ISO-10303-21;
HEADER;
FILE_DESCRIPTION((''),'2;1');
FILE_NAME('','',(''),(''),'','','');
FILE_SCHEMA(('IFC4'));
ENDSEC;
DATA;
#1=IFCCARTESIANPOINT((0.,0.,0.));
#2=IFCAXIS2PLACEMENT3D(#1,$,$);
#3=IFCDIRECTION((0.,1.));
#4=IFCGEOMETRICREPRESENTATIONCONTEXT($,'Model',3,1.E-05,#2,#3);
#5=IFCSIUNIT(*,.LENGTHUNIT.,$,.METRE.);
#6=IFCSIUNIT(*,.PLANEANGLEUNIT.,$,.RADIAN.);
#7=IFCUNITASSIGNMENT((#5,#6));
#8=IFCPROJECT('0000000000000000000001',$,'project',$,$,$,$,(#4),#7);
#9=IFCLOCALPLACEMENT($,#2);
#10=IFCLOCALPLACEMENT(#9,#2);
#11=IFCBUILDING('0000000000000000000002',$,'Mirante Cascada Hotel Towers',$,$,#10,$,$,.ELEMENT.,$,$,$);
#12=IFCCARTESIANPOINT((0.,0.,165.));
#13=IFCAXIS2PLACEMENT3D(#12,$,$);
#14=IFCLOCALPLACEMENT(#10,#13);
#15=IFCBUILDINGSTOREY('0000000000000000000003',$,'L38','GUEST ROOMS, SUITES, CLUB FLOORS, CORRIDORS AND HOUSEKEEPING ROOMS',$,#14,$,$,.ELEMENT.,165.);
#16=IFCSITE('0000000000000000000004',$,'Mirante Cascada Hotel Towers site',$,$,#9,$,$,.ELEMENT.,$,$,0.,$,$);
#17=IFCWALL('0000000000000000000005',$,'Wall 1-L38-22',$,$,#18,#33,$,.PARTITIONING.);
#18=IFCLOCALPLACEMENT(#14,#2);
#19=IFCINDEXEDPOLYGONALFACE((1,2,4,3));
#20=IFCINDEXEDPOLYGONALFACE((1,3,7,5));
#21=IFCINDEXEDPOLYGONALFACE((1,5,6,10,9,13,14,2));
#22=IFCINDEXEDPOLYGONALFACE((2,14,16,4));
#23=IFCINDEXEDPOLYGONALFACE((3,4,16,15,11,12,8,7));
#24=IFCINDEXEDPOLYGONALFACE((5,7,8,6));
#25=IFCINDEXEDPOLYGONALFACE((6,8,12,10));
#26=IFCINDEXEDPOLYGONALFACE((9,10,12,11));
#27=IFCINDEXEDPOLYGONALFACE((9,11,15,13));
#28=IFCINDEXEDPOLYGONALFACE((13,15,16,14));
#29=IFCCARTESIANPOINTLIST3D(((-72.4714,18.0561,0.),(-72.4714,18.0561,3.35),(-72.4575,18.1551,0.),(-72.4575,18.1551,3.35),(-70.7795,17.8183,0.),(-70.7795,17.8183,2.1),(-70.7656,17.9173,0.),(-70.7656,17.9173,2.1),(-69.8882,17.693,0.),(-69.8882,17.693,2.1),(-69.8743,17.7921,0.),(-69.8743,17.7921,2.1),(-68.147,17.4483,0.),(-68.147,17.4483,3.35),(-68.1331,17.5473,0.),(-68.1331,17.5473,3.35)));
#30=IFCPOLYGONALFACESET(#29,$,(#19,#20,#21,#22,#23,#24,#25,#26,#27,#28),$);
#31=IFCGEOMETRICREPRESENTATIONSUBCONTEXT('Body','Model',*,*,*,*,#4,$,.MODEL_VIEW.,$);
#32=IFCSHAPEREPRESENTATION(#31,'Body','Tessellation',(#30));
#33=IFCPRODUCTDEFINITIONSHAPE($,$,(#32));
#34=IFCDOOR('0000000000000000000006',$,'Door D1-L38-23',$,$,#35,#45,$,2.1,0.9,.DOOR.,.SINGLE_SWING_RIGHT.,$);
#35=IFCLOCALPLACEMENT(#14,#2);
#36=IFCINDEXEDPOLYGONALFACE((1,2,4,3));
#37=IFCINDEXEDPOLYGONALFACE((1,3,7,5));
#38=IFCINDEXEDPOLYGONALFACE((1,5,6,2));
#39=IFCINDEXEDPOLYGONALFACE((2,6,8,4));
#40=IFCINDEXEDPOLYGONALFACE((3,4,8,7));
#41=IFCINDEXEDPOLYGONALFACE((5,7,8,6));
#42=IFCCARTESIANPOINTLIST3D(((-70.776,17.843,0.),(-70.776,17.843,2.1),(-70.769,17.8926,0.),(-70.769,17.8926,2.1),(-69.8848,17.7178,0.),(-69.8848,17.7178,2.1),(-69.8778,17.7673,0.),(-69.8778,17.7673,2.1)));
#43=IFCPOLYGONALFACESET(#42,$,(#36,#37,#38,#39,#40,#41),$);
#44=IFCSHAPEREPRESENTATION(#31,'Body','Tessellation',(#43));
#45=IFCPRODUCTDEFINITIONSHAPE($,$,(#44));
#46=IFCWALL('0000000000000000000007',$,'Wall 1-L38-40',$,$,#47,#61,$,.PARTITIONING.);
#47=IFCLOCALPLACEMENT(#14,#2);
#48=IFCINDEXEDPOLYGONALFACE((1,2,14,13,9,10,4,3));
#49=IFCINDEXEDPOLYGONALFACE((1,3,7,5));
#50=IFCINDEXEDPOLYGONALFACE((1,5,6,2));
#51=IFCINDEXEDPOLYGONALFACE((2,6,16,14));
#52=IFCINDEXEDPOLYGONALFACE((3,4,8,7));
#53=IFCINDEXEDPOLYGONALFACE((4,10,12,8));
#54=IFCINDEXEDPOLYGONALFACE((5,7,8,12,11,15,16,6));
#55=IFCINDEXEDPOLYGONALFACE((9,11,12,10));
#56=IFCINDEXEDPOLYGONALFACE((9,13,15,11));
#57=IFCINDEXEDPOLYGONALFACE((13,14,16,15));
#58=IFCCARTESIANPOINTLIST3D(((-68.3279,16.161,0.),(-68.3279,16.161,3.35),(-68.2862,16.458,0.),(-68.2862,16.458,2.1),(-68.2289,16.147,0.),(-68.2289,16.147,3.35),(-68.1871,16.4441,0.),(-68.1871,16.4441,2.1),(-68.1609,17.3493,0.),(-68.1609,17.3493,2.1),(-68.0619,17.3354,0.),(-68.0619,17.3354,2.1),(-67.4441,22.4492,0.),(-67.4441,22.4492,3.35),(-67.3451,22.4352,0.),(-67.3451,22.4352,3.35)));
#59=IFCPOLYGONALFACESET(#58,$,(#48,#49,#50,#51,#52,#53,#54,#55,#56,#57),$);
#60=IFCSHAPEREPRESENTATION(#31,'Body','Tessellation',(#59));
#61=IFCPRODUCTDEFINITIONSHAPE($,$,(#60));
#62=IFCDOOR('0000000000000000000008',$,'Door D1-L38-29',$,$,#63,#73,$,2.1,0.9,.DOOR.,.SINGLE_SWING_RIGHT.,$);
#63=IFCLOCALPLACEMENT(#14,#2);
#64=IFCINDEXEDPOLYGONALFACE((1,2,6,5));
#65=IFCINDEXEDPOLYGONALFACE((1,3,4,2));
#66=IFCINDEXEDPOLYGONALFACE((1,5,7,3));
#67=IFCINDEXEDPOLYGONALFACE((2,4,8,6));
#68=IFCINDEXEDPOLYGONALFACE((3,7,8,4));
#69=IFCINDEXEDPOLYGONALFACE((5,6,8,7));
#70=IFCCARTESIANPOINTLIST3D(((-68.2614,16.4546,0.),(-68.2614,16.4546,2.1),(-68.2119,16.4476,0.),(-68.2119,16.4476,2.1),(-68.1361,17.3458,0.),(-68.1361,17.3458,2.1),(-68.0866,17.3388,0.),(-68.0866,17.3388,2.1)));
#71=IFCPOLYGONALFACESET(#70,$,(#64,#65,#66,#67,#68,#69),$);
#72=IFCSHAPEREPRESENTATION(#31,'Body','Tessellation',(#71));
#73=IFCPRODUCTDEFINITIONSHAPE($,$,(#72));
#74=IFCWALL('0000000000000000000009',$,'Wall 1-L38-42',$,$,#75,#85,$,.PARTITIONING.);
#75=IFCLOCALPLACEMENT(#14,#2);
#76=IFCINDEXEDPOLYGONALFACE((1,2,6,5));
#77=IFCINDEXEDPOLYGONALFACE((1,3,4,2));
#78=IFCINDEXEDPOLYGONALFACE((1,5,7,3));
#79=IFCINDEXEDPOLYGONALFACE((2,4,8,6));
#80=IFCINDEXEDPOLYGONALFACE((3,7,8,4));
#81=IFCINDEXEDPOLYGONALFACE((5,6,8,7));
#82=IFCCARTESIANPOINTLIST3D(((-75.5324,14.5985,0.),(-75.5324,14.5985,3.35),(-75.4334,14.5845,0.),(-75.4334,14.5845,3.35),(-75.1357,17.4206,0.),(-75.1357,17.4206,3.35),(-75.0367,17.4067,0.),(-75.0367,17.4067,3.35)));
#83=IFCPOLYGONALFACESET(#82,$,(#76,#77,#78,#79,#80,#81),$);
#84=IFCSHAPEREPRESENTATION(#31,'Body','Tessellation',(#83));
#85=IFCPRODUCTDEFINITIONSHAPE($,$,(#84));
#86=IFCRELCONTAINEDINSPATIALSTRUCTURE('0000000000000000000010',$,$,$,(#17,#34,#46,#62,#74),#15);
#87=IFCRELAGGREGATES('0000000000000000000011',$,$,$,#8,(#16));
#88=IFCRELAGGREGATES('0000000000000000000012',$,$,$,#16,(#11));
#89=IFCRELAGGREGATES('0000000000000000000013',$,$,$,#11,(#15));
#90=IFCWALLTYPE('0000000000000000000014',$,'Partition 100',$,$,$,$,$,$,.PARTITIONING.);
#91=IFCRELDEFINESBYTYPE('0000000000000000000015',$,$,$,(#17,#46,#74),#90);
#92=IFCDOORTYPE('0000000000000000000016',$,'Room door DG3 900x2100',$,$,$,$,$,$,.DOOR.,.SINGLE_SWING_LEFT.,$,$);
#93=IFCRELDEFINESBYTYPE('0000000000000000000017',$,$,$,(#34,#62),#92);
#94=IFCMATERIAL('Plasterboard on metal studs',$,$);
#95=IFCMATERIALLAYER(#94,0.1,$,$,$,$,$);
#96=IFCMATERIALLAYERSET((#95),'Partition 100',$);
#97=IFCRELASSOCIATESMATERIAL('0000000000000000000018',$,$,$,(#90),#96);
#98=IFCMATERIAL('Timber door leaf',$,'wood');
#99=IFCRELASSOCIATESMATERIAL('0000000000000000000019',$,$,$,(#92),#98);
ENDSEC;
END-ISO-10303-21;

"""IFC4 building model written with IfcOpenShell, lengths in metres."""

from ifc_helpers import new_model, si_unit, direction, frame, frame_2d, origin, place, context, subcontext, project, spatial, rectangle, extrude, material, layer, layer_set, type_object, element, fill, save


model = new_model("IFC4")

# Units and contexts
model_context = context("Model", 3, precision=1e-05, world=origin(), true_north=direction((0.0, 1.0)))
body_context = subcontext(model_context, "Body", "Model", "MODEL_VIEW")
ifc_project = project(units=[si_unit("LENGTHUNIT", "METRE"), si_unit("PLANEANGLEUNIT", "RADIAN")], contexts=[model_context])

# Site, building, storey
site_placement = place(None, origin())
site = spatial("IfcSite", under=ifc_project, at=site_placement, Name="Mirante Cascada Hotel Towers site", CompositionType="ELEMENT", RefElevation=0.0)
building_placement = place(site_placement, origin())
building = spatial("IfcBuilding", under=site, at=building_placement, Name="Mirante Cascada Hotel Towers", CompositionType="ELEMENT")
storey_placement = place(building_placement, frame((0.0, 0.0, 165.0)))
storey = spatial("IfcBuildingStorey", under=building, at=storey_placement, Name="L38", Description="GUEST ROOMS, SUITES, CLUB FLOORS, CORRIDORS AND HOUSEKEEPING ROOMS", CompositionType="ELEMENT", Elevation=165.0)

# Shared definitions
ifc_material_1 = material(Name="Plasterboard on metal studs")
ifc_layer_1 = layer(ifc_material_1, 0.1)
ifc_layer_set_1 = layer_set([ifc_layer_1], Name="Partition 100")
wall_type_1 = type_object("IfcWallType", Name="Partition 100", PredefinedType="PARTITIONING", material=ifc_layer_set_1)

# Walls, openings, doors
wall_1_placement = place(storey_placement, frame((-72.4644, 18.1056, 0.0), z_axis=(0.0, 0.0, 1.0), x_axis=(0.990267, -0.139183, 0.0)))
wall_1 = element("IfcWall", 1, at=wall_1_placement, inside=storey, type_object=wall_type_1, Name="Wall 1-L38-22", PredefinedType="PARTITIONING", context=body_context, shape_type="SweptSolid", body=[
    extrude(rectangle(XDim=4.3669, YDim=0.1, at=frame_2d((2.1834, 0.0))), origin(), (0.0, 0.0, 1.0), 3.35),
])
opening_1_placement = place(wall_1_placement, frame((1.7085, 0.0, 0.0)))
opening_1 = element("IfcOpeningElement", 2, at=opening_1_placement, cuts=wall_1, PredefinedType="OPENING", context=body_context, shape_type="SweptSolid", body=[
    extrude(rectangle(XDim=0.9, YDim=2.1, at=frame_2d((0.45, 1.05))), frame((0.0, 0.05, 0.0), z_axis=(0.0, -1.0, 0.0), x_axis=(1.0, 0.0, 0.0)), (0.0, 0.0, 1.0), 0.1),
])
ifc_material_2 = material(Name="Timber door leaf", Category="wood")
door_type_1 = type_object("IfcDoorType", Name="Room door DG3 900x2100", OperationType="SINGLE_SWING_LEFT", PredefinedType="DOOR", material=ifc_material_2)
door_1_placement = place(opening_1_placement, frame((0.9, 0.0, 0.0), z_axis=(0.0, 0.0, 1.0), x_axis=(-1.0, 0.0, 0.0)))
door_1 = element("IfcDoor", 3, at=door_1_placement, inside=storey, type_object=door_type_1, Name="Door D1-L38-23", OperationType="SINGLE_SWING_RIGHT", OverallHeight=2.1, OverallWidth=0.9, PredefinedType="DOOR", context=body_context, shape_type="SweptSolid", body=[
    extrude(rectangle(XDim=0.9, YDim=2.1, at=frame_2d((0.45, 1.05))), frame((0.0, 0.025, 0.0), z_axis=(0.0, -1.0, 0.0), x_axis=(1.0, 0.0, 0.0)), (0.0, 0.0, 1.0), 0.05),
])
fill(opening_1, door_1)
wall_2_placement = place(storey_placement, frame((-67.3946, 22.4422, 0.0), z_axis=(0.0, 0.0, 1.0), x_axis=(-0.139181, -0.990267, 0.0)))
wall_2 = element("IfcWall", 4, at=wall_2_placement, inside=storey, type_object=wall_type_1, Name="Wall 1-L38-40", PredefinedType="PARTITIONING", context=body_context, shape_type="SweptSolid", body=[
    extrude(rectangle(XDim=6.35, YDim=0.1, at=frame_2d((3.175, 0.0))), origin(), (0.0, 0.0, 1.0), 3.35),
])
opening_2_placement = place(wall_2_placement, frame((5.15, 0.0, 0.0)))
opening_2 = element("IfcOpeningElement", 5, at=opening_2_placement, cuts=wall_2, PredefinedType="OPENING", context=body_context, shape_type="SweptSolid", body=[
    extrude(rectangle(XDim=0.9, YDim=2.1, at=frame_2d((0.45, 1.05))), frame((0.0, 0.05, 0.0), z_axis=(0.0, -1.0, 0.0), x_axis=(1.0, 0.0, 0.0)), (0.0, 0.0, 1.0), 0.1),
])
door_2_placement = place(opening_2_placement, frame((0.9, 0.0, 0.0), z_axis=(0.0, 0.0, 1.0), x_axis=(-1.0, 0.0, 0.0)))
door_2 = element("IfcDoor", 6, at=door_2_placement, inside=storey, type_object=door_type_1, Name="Door D1-L38-29", OperationType="SINGLE_SWING_RIGHT", OverallHeight=2.1, OverallWidth=0.9, PredefinedType="DOOR", context=body_context, shape_type="SweptSolid", body=[
    extrude(rectangle(XDim=0.9, YDim=2.1, at=frame_2d((0.45, 1.05))), frame((0.0, 0.025, 0.0), z_axis=(0.0, -1.0, 0.0), x_axis=(1.0, 0.0, 0.0)), (0.0, 0.0, 1.0), 0.05),
])
fill(opening_2, door_2)

# Wall
wall_3_placement = place(storey_placement, frame((-75.0862, 17.4137, 0.0), z_axis=(0.0, 0.0, 1.0), x_axis=(-0.139196, -0.990265, 0.0)))
element("IfcWall", 7, at=wall_3_placement, inside=storey, type_object=wall_type_1, Name="Wall 1-L38-42", PredefinedType="PARTITIONING", context=body_context, shape_type="SweptSolid", body=[
    extrude(rectangle(XDim=2.8499, YDim=0.1, at=frame_2d((1.425, 0.0))), origin(), (0.0, 0.0, 1.0), 3.35),
])

save(model, "model.ifc")
